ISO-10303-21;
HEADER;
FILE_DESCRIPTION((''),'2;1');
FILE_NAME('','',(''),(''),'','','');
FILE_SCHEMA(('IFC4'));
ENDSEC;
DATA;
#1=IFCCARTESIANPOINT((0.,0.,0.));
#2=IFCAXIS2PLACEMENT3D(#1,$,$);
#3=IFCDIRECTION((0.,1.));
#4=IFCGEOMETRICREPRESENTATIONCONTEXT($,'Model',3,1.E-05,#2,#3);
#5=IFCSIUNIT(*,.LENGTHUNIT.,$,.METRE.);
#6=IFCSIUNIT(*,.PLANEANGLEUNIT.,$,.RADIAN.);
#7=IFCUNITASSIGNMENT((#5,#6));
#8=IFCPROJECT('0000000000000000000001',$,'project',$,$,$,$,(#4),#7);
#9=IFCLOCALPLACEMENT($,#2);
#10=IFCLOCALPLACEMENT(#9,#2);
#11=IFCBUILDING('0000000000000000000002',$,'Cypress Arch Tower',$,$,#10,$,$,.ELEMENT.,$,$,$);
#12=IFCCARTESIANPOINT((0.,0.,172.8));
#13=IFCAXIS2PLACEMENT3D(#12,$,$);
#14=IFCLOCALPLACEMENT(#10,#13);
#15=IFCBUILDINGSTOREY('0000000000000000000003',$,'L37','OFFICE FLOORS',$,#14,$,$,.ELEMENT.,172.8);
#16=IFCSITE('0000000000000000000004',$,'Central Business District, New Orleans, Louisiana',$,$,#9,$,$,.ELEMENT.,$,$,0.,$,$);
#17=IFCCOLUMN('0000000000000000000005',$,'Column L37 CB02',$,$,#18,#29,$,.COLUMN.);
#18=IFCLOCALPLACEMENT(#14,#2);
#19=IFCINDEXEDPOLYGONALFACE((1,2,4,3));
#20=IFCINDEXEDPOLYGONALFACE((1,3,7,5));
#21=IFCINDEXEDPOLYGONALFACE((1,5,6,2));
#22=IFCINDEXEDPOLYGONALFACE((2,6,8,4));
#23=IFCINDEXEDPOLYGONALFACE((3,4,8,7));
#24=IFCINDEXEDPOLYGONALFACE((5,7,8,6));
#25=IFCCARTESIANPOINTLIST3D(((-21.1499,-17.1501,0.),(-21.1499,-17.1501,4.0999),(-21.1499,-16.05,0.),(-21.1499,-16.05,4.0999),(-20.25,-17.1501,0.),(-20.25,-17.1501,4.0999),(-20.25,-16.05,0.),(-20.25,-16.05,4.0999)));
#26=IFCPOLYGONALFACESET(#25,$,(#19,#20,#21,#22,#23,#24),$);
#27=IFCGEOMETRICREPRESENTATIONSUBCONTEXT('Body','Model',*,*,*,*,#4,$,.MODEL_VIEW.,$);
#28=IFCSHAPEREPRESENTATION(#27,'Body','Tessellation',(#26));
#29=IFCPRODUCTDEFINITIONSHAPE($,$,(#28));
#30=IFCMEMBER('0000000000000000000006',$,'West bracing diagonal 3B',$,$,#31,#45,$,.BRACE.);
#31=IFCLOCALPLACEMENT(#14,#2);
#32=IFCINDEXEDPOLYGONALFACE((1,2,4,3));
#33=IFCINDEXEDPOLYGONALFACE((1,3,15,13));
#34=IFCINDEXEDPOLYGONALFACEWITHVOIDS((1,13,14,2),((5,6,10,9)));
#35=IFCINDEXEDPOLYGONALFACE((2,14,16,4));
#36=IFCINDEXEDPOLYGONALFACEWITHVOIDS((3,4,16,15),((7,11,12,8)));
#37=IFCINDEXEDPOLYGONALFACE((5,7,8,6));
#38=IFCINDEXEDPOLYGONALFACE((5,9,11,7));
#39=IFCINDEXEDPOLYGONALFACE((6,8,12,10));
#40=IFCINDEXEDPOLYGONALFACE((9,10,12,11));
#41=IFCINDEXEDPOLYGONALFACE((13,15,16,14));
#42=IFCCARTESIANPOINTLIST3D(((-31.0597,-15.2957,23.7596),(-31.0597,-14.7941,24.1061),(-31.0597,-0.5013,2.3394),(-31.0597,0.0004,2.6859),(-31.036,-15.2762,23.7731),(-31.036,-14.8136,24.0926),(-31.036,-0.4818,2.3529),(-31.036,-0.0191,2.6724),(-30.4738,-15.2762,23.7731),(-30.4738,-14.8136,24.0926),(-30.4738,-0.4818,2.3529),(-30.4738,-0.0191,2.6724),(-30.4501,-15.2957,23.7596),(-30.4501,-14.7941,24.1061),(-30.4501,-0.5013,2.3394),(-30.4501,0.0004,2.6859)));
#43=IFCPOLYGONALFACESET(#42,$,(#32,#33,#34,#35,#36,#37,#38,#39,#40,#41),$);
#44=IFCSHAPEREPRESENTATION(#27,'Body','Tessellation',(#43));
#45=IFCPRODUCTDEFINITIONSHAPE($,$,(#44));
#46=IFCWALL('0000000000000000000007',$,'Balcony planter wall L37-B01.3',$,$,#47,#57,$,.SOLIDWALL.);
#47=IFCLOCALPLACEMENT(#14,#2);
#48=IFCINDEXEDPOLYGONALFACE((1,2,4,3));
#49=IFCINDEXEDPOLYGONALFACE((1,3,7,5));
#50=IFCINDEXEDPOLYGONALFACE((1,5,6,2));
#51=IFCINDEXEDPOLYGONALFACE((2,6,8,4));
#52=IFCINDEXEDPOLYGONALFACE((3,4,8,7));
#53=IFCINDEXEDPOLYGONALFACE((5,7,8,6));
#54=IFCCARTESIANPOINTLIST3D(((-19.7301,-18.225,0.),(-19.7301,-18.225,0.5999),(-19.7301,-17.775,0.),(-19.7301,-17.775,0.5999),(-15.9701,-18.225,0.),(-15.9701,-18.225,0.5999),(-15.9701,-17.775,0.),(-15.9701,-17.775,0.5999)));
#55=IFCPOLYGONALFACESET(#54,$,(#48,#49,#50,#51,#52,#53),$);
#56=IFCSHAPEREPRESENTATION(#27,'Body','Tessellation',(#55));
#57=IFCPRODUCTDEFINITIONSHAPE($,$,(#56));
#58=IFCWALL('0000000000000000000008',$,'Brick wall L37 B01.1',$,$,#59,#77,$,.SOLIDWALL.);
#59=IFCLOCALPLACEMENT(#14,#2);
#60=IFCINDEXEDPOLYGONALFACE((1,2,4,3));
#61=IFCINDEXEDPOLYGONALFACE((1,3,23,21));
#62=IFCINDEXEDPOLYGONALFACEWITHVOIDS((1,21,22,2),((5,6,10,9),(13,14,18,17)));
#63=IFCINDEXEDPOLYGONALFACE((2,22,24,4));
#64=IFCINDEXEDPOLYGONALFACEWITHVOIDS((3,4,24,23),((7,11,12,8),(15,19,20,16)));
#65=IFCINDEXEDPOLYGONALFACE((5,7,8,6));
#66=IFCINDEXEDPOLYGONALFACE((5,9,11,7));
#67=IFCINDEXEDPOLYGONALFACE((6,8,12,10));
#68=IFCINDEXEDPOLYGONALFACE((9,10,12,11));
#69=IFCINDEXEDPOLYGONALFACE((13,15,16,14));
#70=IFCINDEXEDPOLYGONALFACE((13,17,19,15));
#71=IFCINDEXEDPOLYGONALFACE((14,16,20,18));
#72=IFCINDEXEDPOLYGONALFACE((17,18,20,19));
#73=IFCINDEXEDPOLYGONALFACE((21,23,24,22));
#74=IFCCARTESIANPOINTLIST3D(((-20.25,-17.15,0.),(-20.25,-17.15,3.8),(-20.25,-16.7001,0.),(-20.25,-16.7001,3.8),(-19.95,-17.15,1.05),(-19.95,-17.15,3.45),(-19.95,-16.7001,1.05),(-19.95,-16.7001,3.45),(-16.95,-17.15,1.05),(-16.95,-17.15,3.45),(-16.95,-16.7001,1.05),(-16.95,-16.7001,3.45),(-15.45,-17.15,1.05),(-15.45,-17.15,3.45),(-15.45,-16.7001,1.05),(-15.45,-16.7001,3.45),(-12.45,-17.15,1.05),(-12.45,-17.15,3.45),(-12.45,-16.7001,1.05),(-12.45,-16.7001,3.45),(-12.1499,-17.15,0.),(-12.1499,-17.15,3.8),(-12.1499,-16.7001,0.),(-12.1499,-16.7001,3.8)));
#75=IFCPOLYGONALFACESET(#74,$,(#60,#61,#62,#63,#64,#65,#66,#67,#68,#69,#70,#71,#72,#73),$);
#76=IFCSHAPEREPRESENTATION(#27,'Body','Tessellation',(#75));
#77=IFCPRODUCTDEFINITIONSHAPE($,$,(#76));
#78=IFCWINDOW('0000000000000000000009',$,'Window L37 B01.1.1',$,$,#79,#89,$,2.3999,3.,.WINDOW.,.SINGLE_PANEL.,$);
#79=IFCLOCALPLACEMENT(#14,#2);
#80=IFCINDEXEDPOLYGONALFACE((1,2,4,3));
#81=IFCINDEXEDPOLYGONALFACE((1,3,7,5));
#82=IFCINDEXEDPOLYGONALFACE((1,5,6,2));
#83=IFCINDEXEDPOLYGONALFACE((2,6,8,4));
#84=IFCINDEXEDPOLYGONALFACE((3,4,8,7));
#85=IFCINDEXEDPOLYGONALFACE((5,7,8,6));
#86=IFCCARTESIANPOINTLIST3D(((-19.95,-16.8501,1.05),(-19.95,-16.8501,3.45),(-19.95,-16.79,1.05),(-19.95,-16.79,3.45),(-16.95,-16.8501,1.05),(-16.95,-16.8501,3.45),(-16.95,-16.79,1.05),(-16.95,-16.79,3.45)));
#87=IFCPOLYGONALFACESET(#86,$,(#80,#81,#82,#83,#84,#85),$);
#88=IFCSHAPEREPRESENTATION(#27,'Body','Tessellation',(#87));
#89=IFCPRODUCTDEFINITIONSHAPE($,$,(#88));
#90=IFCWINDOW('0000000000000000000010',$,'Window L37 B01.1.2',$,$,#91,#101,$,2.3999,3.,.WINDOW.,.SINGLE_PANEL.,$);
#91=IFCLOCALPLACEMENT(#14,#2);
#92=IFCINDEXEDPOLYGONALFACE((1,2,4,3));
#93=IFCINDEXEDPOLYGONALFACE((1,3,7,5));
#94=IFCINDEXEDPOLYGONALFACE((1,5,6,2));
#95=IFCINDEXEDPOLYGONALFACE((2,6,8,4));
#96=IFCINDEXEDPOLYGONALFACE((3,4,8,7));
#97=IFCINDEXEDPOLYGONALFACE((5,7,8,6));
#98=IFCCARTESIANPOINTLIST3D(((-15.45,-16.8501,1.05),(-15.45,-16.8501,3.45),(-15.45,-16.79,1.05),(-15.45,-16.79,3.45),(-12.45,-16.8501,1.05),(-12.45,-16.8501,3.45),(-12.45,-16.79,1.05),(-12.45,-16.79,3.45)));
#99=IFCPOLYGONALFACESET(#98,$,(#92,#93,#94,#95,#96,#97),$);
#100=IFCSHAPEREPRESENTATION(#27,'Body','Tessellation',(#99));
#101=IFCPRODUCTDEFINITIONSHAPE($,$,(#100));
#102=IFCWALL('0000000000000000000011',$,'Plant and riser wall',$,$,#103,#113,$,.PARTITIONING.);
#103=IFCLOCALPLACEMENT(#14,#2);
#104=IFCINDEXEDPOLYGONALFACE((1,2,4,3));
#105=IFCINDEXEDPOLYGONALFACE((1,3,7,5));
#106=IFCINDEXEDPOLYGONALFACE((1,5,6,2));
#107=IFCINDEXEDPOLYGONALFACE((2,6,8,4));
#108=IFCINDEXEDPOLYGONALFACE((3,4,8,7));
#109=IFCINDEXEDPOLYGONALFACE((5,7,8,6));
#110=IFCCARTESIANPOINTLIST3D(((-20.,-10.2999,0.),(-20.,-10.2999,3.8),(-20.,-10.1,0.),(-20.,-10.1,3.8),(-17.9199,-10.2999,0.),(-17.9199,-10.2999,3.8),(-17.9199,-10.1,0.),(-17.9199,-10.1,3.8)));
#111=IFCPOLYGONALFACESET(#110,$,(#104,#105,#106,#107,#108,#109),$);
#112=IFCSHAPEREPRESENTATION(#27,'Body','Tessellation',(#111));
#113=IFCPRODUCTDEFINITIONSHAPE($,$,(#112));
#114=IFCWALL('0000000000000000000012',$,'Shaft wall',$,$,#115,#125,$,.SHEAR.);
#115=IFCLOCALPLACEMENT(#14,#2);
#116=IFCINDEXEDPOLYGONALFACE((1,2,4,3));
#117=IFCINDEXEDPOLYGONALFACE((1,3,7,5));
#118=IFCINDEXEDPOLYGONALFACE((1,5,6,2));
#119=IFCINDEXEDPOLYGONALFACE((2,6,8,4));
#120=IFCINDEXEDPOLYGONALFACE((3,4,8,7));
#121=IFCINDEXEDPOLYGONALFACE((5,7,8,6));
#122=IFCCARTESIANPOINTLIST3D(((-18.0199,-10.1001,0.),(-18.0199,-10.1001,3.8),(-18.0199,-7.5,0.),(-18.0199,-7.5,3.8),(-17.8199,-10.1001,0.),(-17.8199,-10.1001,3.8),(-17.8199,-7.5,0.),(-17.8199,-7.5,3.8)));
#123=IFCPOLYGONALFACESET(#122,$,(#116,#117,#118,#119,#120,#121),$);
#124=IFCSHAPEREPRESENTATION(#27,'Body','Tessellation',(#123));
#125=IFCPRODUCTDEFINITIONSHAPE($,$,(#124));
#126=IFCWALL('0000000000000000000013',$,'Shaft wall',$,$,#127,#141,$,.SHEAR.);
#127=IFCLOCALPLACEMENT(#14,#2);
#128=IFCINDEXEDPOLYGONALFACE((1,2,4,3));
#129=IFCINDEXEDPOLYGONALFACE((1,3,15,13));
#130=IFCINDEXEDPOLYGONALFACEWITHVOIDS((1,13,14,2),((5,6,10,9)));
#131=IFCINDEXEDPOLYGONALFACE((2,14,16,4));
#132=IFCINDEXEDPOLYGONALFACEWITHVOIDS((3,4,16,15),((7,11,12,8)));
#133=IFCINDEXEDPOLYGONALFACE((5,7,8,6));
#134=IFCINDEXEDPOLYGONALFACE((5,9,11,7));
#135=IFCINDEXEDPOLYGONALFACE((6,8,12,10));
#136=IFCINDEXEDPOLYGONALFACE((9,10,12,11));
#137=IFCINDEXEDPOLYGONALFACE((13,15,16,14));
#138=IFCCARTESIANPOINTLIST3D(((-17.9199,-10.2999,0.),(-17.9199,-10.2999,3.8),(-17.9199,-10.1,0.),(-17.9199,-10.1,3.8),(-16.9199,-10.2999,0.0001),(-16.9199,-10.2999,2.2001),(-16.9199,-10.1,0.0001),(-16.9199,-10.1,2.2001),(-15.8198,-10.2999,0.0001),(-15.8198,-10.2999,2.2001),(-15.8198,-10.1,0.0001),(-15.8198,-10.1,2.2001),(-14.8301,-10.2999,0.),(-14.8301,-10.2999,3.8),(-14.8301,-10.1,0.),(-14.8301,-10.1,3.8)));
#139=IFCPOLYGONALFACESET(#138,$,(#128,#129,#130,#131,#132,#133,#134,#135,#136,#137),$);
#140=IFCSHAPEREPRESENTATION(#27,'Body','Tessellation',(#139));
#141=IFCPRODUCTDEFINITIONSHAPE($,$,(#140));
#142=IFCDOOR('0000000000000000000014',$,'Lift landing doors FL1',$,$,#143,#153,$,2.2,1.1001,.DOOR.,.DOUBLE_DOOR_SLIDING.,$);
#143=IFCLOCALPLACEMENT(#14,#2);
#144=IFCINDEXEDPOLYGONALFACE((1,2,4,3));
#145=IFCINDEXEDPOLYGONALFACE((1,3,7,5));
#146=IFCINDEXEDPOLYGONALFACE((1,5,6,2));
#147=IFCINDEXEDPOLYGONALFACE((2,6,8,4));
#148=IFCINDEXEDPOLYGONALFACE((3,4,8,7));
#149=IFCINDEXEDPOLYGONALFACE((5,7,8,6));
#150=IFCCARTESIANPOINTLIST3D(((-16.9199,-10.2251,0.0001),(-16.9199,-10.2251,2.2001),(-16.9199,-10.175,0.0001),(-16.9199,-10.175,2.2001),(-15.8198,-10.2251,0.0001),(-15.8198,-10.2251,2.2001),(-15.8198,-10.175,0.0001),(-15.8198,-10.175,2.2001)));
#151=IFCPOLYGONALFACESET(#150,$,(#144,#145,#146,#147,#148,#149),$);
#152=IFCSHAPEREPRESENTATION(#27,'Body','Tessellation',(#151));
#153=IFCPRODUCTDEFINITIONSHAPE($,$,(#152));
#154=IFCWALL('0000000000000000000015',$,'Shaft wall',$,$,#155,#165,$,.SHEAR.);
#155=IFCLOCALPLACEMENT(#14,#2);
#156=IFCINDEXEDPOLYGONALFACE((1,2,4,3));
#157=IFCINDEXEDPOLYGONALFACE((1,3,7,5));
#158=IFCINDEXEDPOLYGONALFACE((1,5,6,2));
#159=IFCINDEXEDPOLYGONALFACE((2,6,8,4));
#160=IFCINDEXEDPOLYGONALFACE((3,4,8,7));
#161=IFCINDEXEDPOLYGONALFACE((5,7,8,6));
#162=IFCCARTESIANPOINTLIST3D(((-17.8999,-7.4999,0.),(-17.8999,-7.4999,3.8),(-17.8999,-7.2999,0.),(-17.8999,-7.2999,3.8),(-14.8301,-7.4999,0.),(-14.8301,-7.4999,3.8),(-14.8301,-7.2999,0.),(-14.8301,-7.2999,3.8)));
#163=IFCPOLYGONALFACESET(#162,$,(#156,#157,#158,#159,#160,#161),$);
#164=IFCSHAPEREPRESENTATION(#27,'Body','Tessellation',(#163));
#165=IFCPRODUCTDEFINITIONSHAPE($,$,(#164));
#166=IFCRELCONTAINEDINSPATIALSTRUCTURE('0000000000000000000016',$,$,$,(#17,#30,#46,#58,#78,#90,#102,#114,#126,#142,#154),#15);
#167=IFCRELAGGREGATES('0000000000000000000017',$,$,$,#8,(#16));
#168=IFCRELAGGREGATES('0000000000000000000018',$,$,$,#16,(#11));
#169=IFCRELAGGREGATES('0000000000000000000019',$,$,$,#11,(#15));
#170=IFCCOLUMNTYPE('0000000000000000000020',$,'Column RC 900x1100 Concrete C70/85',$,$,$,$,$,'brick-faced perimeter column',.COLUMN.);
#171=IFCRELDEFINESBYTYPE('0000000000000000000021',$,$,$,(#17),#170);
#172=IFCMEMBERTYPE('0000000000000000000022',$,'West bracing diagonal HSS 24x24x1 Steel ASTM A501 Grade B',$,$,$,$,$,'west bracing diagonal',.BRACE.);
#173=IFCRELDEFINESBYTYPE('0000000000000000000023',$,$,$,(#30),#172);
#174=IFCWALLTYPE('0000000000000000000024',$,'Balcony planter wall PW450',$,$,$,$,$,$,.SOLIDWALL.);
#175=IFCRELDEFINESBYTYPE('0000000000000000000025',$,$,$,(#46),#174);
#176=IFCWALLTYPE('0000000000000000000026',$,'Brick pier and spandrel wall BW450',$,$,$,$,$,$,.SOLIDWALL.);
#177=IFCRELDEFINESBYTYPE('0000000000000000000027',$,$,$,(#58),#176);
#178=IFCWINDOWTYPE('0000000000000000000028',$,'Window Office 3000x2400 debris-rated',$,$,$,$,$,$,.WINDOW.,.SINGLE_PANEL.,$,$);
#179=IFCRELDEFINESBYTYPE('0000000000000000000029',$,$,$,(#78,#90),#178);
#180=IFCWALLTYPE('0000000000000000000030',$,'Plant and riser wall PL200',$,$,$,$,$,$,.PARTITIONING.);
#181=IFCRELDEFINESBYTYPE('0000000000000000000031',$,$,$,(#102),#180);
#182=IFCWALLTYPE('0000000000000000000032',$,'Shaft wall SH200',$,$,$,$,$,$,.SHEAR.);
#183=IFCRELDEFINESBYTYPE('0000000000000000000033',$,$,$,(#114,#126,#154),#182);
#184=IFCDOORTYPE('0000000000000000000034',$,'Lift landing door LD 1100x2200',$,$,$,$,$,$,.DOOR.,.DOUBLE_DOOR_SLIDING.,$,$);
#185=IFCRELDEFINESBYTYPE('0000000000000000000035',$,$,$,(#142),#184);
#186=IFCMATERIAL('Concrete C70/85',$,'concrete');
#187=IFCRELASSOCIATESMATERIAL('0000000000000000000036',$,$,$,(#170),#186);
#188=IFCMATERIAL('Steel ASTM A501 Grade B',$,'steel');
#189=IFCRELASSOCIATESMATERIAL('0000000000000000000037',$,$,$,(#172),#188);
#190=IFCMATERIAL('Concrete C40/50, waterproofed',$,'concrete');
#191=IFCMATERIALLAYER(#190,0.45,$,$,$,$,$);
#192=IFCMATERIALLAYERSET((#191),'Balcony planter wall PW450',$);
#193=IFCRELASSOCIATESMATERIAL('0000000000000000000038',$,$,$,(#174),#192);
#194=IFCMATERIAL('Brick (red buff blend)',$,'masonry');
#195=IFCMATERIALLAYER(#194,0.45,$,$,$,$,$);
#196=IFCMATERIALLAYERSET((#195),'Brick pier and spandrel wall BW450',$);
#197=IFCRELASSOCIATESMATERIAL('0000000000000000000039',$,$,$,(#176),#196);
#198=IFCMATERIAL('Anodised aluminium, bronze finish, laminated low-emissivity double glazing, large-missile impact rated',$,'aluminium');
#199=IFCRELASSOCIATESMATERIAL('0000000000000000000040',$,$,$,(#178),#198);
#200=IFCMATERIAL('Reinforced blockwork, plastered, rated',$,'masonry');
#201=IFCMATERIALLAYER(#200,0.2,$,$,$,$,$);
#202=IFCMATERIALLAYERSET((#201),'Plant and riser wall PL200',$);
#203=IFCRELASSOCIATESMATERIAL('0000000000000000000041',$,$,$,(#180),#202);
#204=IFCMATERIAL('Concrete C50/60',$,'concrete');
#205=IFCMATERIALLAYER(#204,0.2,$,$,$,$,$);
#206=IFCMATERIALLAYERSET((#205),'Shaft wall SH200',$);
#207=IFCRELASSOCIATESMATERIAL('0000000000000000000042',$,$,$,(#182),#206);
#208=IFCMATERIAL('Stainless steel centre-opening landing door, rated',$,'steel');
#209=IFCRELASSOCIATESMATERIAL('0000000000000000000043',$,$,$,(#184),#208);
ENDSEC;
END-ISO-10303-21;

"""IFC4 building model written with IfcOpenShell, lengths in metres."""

from ifc_helpers import new_model, si_unit, direction, frame, frame_2d, origin, origin_2d, place, context, subcontext, project, spatial, rectangle, hollow_rectangle, extrude, material, layer, layer_set, material_profile, profile_set, type_object, element, fill, save


model = new_model("IFC4")

# Units and contexts
model_context = context("Model", 3, precision=1e-05, world=origin(), true_north=direction((0.0, 1.0)))
body_context = subcontext(model_context, "Body", "Model", "MODEL_VIEW")
ifc_project = project(units=[si_unit("LENGTHUNIT", "METRE"), si_unit("PLANEANGLEUNIT", "RADIAN")], contexts=[model_context])

# Site, building, storey
site_placement = place(None, origin())
site = spatial("IfcSite", under=ifc_project, at=site_placement, Name="Central Business District, New Orleans, Louisiana", CompositionType="ELEMENT", RefElevation=0.0)
building_placement = place(site_placement, origin())
building = spatial("IfcBuilding", under=site, at=building_placement, Name="Cypress Arch Tower", CompositionType="ELEMENT")
storey_placement = place(building_placement, frame((0.0, 0.0, 172.8)))
storey = spatial("IfcBuildingStorey", under=building, at=storey_placement, Name="L37", Description="OFFICE FLOORS", CompositionType="ELEMENT", Elevation=172.8)

# Column
ifc_material_1 = material(Name="Concrete C70/85", Category="concrete")
ifc_material_profile_1 = material_profile(ifc_material_1, rectangle(XDim=0.8999, YDim=1.1001, at=origin_2d()), Name="RC 900x1100")
ifc_profile_set_1 = profile_set([ifc_material_profile_1], Name="Concrete C70/85")
column_type = type_object("IfcColumnType", Name="Column RC 900x1100 Concrete C70/85", ElementType="brick-faced perimeter column", PredefinedType="COLUMN", material=ifc_profile_set_1)
column_placement = place(storey_placement, frame((-20.7, -16.6001, 0.0), z_axis=(0.0, 0.0, 1.0), x_axis=(1.0, 0.0, 0.0)))
element("IfcColumn", 1, at=column_placement, inside=storey, type_object=column_type, Name="Column L37 CB02", PredefinedType="COLUMN", context=body_context, shape_type="SweptSolid", body=[
    extrude(rectangle(XDim=0.8999, YDim=1.1001, at=origin_2d()), origin(), (0.0, 0.0, 1.0), 4.0999),
])

# Member
ifc_material_2 = material(Name="Steel ASTM A501 Grade B", Category="steel")
ifc_material_profile_2 = material_profile(ifc_material_2, hollow_rectangle(XDim=0.6096, YDim=0.6096, WallThickness=0.0237, at=origin_2d()), Name="HSS 24x24x1")
ifc_profile_set_2 = profile_set([ifc_material_profile_2], Name="Steel ASTM A501 Grade B")
member_type = type_object("IfcMemberType", Name="West bracing diagonal HSS 24x24x1 Steel ASTM A501 Grade B", ElementType="west bracing diagonal", PredefinedType="BRACE", material=ifc_profile_set_2)
member_placement = place(storey_placement, frame((-30.7549, -15.0449, 23.9329), z_axis=(0.0, 0.568303, -0.822819), x_axis=(-1.0, 0.0, 0.0)))
element("IfcMember", 2, at=member_placement, inside=storey, type_object=member_type, Name="West bracing diagonal 3B", PredefinedType="BRACE", context=body_context, shape_type="SweptSolid", body=[
    extrude(hollow_rectangle(XDim=0.6096, YDim=0.6096, WallThickness=0.0237, at=origin_2d()), origin(), (0.0, 0.0, 1.0), 26.0327),
])

# Wall
ifc_material_3 = material(Name="Concrete C40/50, waterproofed", Category="concrete")
ifc_layer_1 = layer(ifc_material_3, 0.45)
ifc_layer_set_1 = layer_set([ifc_layer_1], Name="Balcony planter wall PW450")
wall_type_1 = type_object("IfcWallType", Name="Balcony planter wall PW450", PredefinedType="SOLIDWALL", material=ifc_layer_set_1)
wall_1_placement = place(storey_placement, frame((-19.73, -18.0, 0.0), z_axis=(0.0, 0.0, 1.0), x_axis=(1.0, 0.0, 0.0)))
element("IfcWall", 3, at=wall_1_placement, inside=storey, type_object=wall_type_1, Name="Balcony planter wall L37-B01.3", PredefinedType="SOLIDWALL", context=body_context, shape_type="SweptSolid", body=[
    extrude(rectangle(XDim=3.76, YDim=0.45, at=frame_2d((1.8799, 0.0))), origin(), (0.0, 0.0, 1.0), 0.5999),
])

# Wall, openings, windows
ifc_material_4 = material(Name="Brick (red buff blend)", Category="masonry")
ifc_layer_2 = layer(ifc_material_4, 0.45)
ifc_layer_set_2 = layer_set([ifc_layer_2], Name="Brick pier and spandrel wall BW450")
wall_type_2 = type_object("IfcWallType", Name="Brick pier and spandrel wall BW450", PredefinedType="SOLIDWALL", material=ifc_layer_set_2)
wall_2_placement = place(storey_placement, frame((-20.25, -16.925, 0.0), z_axis=(0.0, 0.0, 1.0), x_axis=(1.0, 0.0, 0.0)))
wall_2 = element("IfcWall", 4, at=wall_2_placement, inside=storey, type_object=wall_type_2, Name="Brick wall L37 B01.1", PredefinedType="SOLIDWALL", context=body_context, shape_type="SweptSolid", body=[
    extrude(rectangle(XDim=8.1001, YDim=0.45, at=frame_2d((4.05, 0.0))), origin(), (0.0, 0.0, 1.0), 3.8),
])
opening_1_placement = place(wall_2_placement, frame((0.3, 0.0, 1.05)))
opening_1 = element("IfcOpeningElement", 5, at=opening_1_placement, cuts=wall_2, PredefinedType="OPENING", context=body_context, shape_type="SweptSolid", body=[
    extrude(rectangle(XDim=3.0, YDim=2.3999, at=frame_2d((1.5, 1.2))), frame((0.0, 0.2349, 0.0), z_axis=(0.0, -1.0, 0.0), x_axis=(1.0, 0.0, 0.0)), (0.0, 0.0, 1.0), 0.47),
])
opening_2_placement = place(wall_2_placement, frame((4.8, 0.0, 1.05)))
opening_2 = element("IfcOpeningElement", 6, at=opening_2_placement, cuts=wall_2, PredefinedType="OPENING", context=body_context, shape_type="SweptSolid", body=[
    extrude(rectangle(XDim=3.0, YDim=2.3999, at=frame_2d((1.5, 1.2))), frame((0.0, 0.2349, 0.0), z_axis=(0.0, -1.0, 0.0), x_axis=(1.0, 0.0, 0.0)), (0.0, 0.0, 1.0), 0.47),
])
ifc_material_5 = material(Name="Anodised aluminium, bronze finish, laminated low-emissivity double glazing, large-missile impact rated", Category="aluminium")
window_type = type_object("IfcWindowType", Name="Window Office 3000x2400 debris-rated", PartitioningType="SINGLE_PANEL", PredefinedType="WINDOW", material=ifc_material_5)
window_1_placement = place(opening_1_placement, origin())
window_1 = element("IfcWindow", 7, at=window_1_placement, inside=storey, type_object=window_type, Name="Window L37 B01.1.1", OverallHeight=2.3999, OverallWidth=3.0, PartitioningType="SINGLE_PANEL", PredefinedType="WINDOW", context=body_context, shape_type="SweptSolid", body=[
    extrude(rectangle(XDim=3.0, YDim=2.3999, at=frame_2d((1.5, 1.2))), frame((0.0, 0.135, 0.0), z_axis=(0.0, -1.0, 0.0), x_axis=(1.0, 0.0, 0.0)), (0.0, 0.0, 1.0), 0.0601),
])
fill(opening_1, window_1)
window_2_placement = place(opening_2_placement, origin())
window_2 = element("IfcWindow", 8, at=window_2_placement, inside=storey, type_object=window_type, Name="Window L37 B01.1.2", OverallHeight=2.3999, OverallWidth=3.0, PartitioningType="SINGLE_PANEL", PredefinedType="WINDOW", context=body_context, shape_type="SweptSolid", body=[
    extrude(rectangle(XDim=3.0, YDim=2.3999, at=frame_2d((1.5, 1.2))), frame((0.0, 0.135, 0.0), z_axis=(0.0, -1.0, 0.0), x_axis=(1.0, 0.0, 0.0)), (0.0, 0.0, 1.0), 0.0601),
])
fill(opening_2, window_2)

# Walls
ifc_material_6 = material(Name="Reinforced blockwork, plastered, rated", Category="masonry")
ifc_layer_3 = layer(ifc_material_6, 0.2)
ifc_layer_set_3 = layer_set([ifc_layer_3], Name="Plant and riser wall PL200")
wall_type_3 = type_object("IfcWallType", Name="Plant and riser wall PL200", PredefinedType="PARTITIONING", material=ifc_layer_set_3)
wall_3_placement = place(storey_placement, frame((-20.0, -10.2, 0.0), z_axis=(0.0, 0.0, 1.0), x_axis=(1.0, 0.0, 0.0)))
element("IfcWall", 9, at=wall_3_placement, inside=storey, type_object=wall_type_3, Name="Plant and riser wall", PredefinedType="PARTITIONING", context=body_context, shape_type="SweptSolid", body=[
    extrude(rectangle(XDim=2.0801, YDim=0.2, at=frame_2d((1.04, 0.0))), origin(), (0.0, 0.0, 1.0), 3.8),
])
ifc_material_7 = material(Name="Concrete C50/60", Category="concrete")
ifc_layer_4 = layer(ifc_material_7, 0.2)
ifc_layer_set_4 = layer_set([ifc_layer_4], Name="Shaft wall SH200")
wall_type_4 = type_object("IfcWallType", Name="Shaft wall SH200", PredefinedType="SHEAR", material=ifc_layer_set_4)
wall_4_placement = place(storey_placement, frame((-17.9199, -10.1001, 0.0), z_axis=(0.0, 0.0, 1.0), x_axis=(0.0, 1.0, 0.0)))
element("IfcWall", 10, at=wall_4_placement, inside=storey, type_object=wall_type_4, Name="Shaft wall", PredefinedType="SHEAR", context=body_context, shape_type="SweptSolid", body=[
    extrude(rectangle(XDim=2.6001, YDim=0.2, at=frame_2d((1.3, 0.0))), origin(), (0.0, 0.0, 1.0), 3.8),
])

# Wall, opening, door
wall_5_placement = place(storey_placement, frame((-17.9199, -10.2, 0.0), z_axis=(0.0, 0.0, 1.0), x_axis=(1.0, 0.0, 0.0)))
wall_5 = element("IfcWall", 11, at=wall_5_placement, inside=storey, type_object=wall_type_4, Name="Shaft wall", PredefinedType="SHEAR", context=body_context, shape_type="SweptSolid", body=[
    extrude(rectangle(XDim=3.0898, YDim=0.2, at=frame_2d((1.5449, 0.0))), origin(), (0.0, 0.0, 1.0), 3.8),
])
opening_3_placement = place(wall_5_placement, frame((1.0, 0.0, 0.0)))
opening_3 = element("IfcOpeningElement", 12, at=opening_3_placement, cuts=wall_5, PredefinedType="OPENING", context=body_context, shape_type="SweptSolid", body=[
    extrude(rectangle(XDim=1.1001, YDim=2.2, at=frame_2d((0.55, 1.1001))), frame((0.0, 0.1099, 0.0), z_axis=(0.0, -1.0, 0.0), x_axis=(1.0, 0.0, 0.0)), (0.0, 0.0, 1.0), 0.22),
])
ifc_material_8 = material(Name="Stainless steel centre-opening landing door, rated", Category="steel")
door_type_1 = type_object("IfcDoorType", Name="Lift landing door LD 1100x2200", OperationType="DOUBLE_DOOR_SLIDING", PredefinedType="DOOR", material=ifc_material_8)
door_1_placement = place(opening_3_placement, origin())
door_1 = element("IfcDoor", 13, at=door_1_placement, inside=storey, type_object=door_type_1, Name="Lift landing doors FL1", OperationType="DOUBLE_DOOR_SLIDING", OverallHeight=2.2, OverallWidth=1.1001, PredefinedType="DOOR", context=body_context, shape_type="SweptSolid", body=[
    extrude(rectangle(XDim=1.1001, YDim=2.2, at=frame_2d((0.55, 1.1001))), frame((0.0, 0.0249, 0.0), z_axis=(0.0, -1.0, 0.0), x_axis=(1.0, 0.0, 0.0)), (0.0, 0.0, 1.0), 0.05),
])
fill(opening_3, door_1)

# Wall
wall_6_placement = place(storey_placement, frame((-17.8999, -7.3999, 0.0), z_axis=(0.0, 0.0, 1.0), x_axis=(1.0, 0.0, 0.0)))
element("IfcWall", 14, at=wall_6_placement, inside=storey, type_object=wall_type_4, Name="Shaft wall", PredefinedType="SHEAR", context=body_context, shape_type="SweptSolid", body=[
    extrude(rectangle(XDim=3.0698, YDim=0.2, at=frame_2d((1.5349, 0.0))), origin(), (0.0, 0.0, 1.0), 3.8),
])

save(model, "model.ifc")
